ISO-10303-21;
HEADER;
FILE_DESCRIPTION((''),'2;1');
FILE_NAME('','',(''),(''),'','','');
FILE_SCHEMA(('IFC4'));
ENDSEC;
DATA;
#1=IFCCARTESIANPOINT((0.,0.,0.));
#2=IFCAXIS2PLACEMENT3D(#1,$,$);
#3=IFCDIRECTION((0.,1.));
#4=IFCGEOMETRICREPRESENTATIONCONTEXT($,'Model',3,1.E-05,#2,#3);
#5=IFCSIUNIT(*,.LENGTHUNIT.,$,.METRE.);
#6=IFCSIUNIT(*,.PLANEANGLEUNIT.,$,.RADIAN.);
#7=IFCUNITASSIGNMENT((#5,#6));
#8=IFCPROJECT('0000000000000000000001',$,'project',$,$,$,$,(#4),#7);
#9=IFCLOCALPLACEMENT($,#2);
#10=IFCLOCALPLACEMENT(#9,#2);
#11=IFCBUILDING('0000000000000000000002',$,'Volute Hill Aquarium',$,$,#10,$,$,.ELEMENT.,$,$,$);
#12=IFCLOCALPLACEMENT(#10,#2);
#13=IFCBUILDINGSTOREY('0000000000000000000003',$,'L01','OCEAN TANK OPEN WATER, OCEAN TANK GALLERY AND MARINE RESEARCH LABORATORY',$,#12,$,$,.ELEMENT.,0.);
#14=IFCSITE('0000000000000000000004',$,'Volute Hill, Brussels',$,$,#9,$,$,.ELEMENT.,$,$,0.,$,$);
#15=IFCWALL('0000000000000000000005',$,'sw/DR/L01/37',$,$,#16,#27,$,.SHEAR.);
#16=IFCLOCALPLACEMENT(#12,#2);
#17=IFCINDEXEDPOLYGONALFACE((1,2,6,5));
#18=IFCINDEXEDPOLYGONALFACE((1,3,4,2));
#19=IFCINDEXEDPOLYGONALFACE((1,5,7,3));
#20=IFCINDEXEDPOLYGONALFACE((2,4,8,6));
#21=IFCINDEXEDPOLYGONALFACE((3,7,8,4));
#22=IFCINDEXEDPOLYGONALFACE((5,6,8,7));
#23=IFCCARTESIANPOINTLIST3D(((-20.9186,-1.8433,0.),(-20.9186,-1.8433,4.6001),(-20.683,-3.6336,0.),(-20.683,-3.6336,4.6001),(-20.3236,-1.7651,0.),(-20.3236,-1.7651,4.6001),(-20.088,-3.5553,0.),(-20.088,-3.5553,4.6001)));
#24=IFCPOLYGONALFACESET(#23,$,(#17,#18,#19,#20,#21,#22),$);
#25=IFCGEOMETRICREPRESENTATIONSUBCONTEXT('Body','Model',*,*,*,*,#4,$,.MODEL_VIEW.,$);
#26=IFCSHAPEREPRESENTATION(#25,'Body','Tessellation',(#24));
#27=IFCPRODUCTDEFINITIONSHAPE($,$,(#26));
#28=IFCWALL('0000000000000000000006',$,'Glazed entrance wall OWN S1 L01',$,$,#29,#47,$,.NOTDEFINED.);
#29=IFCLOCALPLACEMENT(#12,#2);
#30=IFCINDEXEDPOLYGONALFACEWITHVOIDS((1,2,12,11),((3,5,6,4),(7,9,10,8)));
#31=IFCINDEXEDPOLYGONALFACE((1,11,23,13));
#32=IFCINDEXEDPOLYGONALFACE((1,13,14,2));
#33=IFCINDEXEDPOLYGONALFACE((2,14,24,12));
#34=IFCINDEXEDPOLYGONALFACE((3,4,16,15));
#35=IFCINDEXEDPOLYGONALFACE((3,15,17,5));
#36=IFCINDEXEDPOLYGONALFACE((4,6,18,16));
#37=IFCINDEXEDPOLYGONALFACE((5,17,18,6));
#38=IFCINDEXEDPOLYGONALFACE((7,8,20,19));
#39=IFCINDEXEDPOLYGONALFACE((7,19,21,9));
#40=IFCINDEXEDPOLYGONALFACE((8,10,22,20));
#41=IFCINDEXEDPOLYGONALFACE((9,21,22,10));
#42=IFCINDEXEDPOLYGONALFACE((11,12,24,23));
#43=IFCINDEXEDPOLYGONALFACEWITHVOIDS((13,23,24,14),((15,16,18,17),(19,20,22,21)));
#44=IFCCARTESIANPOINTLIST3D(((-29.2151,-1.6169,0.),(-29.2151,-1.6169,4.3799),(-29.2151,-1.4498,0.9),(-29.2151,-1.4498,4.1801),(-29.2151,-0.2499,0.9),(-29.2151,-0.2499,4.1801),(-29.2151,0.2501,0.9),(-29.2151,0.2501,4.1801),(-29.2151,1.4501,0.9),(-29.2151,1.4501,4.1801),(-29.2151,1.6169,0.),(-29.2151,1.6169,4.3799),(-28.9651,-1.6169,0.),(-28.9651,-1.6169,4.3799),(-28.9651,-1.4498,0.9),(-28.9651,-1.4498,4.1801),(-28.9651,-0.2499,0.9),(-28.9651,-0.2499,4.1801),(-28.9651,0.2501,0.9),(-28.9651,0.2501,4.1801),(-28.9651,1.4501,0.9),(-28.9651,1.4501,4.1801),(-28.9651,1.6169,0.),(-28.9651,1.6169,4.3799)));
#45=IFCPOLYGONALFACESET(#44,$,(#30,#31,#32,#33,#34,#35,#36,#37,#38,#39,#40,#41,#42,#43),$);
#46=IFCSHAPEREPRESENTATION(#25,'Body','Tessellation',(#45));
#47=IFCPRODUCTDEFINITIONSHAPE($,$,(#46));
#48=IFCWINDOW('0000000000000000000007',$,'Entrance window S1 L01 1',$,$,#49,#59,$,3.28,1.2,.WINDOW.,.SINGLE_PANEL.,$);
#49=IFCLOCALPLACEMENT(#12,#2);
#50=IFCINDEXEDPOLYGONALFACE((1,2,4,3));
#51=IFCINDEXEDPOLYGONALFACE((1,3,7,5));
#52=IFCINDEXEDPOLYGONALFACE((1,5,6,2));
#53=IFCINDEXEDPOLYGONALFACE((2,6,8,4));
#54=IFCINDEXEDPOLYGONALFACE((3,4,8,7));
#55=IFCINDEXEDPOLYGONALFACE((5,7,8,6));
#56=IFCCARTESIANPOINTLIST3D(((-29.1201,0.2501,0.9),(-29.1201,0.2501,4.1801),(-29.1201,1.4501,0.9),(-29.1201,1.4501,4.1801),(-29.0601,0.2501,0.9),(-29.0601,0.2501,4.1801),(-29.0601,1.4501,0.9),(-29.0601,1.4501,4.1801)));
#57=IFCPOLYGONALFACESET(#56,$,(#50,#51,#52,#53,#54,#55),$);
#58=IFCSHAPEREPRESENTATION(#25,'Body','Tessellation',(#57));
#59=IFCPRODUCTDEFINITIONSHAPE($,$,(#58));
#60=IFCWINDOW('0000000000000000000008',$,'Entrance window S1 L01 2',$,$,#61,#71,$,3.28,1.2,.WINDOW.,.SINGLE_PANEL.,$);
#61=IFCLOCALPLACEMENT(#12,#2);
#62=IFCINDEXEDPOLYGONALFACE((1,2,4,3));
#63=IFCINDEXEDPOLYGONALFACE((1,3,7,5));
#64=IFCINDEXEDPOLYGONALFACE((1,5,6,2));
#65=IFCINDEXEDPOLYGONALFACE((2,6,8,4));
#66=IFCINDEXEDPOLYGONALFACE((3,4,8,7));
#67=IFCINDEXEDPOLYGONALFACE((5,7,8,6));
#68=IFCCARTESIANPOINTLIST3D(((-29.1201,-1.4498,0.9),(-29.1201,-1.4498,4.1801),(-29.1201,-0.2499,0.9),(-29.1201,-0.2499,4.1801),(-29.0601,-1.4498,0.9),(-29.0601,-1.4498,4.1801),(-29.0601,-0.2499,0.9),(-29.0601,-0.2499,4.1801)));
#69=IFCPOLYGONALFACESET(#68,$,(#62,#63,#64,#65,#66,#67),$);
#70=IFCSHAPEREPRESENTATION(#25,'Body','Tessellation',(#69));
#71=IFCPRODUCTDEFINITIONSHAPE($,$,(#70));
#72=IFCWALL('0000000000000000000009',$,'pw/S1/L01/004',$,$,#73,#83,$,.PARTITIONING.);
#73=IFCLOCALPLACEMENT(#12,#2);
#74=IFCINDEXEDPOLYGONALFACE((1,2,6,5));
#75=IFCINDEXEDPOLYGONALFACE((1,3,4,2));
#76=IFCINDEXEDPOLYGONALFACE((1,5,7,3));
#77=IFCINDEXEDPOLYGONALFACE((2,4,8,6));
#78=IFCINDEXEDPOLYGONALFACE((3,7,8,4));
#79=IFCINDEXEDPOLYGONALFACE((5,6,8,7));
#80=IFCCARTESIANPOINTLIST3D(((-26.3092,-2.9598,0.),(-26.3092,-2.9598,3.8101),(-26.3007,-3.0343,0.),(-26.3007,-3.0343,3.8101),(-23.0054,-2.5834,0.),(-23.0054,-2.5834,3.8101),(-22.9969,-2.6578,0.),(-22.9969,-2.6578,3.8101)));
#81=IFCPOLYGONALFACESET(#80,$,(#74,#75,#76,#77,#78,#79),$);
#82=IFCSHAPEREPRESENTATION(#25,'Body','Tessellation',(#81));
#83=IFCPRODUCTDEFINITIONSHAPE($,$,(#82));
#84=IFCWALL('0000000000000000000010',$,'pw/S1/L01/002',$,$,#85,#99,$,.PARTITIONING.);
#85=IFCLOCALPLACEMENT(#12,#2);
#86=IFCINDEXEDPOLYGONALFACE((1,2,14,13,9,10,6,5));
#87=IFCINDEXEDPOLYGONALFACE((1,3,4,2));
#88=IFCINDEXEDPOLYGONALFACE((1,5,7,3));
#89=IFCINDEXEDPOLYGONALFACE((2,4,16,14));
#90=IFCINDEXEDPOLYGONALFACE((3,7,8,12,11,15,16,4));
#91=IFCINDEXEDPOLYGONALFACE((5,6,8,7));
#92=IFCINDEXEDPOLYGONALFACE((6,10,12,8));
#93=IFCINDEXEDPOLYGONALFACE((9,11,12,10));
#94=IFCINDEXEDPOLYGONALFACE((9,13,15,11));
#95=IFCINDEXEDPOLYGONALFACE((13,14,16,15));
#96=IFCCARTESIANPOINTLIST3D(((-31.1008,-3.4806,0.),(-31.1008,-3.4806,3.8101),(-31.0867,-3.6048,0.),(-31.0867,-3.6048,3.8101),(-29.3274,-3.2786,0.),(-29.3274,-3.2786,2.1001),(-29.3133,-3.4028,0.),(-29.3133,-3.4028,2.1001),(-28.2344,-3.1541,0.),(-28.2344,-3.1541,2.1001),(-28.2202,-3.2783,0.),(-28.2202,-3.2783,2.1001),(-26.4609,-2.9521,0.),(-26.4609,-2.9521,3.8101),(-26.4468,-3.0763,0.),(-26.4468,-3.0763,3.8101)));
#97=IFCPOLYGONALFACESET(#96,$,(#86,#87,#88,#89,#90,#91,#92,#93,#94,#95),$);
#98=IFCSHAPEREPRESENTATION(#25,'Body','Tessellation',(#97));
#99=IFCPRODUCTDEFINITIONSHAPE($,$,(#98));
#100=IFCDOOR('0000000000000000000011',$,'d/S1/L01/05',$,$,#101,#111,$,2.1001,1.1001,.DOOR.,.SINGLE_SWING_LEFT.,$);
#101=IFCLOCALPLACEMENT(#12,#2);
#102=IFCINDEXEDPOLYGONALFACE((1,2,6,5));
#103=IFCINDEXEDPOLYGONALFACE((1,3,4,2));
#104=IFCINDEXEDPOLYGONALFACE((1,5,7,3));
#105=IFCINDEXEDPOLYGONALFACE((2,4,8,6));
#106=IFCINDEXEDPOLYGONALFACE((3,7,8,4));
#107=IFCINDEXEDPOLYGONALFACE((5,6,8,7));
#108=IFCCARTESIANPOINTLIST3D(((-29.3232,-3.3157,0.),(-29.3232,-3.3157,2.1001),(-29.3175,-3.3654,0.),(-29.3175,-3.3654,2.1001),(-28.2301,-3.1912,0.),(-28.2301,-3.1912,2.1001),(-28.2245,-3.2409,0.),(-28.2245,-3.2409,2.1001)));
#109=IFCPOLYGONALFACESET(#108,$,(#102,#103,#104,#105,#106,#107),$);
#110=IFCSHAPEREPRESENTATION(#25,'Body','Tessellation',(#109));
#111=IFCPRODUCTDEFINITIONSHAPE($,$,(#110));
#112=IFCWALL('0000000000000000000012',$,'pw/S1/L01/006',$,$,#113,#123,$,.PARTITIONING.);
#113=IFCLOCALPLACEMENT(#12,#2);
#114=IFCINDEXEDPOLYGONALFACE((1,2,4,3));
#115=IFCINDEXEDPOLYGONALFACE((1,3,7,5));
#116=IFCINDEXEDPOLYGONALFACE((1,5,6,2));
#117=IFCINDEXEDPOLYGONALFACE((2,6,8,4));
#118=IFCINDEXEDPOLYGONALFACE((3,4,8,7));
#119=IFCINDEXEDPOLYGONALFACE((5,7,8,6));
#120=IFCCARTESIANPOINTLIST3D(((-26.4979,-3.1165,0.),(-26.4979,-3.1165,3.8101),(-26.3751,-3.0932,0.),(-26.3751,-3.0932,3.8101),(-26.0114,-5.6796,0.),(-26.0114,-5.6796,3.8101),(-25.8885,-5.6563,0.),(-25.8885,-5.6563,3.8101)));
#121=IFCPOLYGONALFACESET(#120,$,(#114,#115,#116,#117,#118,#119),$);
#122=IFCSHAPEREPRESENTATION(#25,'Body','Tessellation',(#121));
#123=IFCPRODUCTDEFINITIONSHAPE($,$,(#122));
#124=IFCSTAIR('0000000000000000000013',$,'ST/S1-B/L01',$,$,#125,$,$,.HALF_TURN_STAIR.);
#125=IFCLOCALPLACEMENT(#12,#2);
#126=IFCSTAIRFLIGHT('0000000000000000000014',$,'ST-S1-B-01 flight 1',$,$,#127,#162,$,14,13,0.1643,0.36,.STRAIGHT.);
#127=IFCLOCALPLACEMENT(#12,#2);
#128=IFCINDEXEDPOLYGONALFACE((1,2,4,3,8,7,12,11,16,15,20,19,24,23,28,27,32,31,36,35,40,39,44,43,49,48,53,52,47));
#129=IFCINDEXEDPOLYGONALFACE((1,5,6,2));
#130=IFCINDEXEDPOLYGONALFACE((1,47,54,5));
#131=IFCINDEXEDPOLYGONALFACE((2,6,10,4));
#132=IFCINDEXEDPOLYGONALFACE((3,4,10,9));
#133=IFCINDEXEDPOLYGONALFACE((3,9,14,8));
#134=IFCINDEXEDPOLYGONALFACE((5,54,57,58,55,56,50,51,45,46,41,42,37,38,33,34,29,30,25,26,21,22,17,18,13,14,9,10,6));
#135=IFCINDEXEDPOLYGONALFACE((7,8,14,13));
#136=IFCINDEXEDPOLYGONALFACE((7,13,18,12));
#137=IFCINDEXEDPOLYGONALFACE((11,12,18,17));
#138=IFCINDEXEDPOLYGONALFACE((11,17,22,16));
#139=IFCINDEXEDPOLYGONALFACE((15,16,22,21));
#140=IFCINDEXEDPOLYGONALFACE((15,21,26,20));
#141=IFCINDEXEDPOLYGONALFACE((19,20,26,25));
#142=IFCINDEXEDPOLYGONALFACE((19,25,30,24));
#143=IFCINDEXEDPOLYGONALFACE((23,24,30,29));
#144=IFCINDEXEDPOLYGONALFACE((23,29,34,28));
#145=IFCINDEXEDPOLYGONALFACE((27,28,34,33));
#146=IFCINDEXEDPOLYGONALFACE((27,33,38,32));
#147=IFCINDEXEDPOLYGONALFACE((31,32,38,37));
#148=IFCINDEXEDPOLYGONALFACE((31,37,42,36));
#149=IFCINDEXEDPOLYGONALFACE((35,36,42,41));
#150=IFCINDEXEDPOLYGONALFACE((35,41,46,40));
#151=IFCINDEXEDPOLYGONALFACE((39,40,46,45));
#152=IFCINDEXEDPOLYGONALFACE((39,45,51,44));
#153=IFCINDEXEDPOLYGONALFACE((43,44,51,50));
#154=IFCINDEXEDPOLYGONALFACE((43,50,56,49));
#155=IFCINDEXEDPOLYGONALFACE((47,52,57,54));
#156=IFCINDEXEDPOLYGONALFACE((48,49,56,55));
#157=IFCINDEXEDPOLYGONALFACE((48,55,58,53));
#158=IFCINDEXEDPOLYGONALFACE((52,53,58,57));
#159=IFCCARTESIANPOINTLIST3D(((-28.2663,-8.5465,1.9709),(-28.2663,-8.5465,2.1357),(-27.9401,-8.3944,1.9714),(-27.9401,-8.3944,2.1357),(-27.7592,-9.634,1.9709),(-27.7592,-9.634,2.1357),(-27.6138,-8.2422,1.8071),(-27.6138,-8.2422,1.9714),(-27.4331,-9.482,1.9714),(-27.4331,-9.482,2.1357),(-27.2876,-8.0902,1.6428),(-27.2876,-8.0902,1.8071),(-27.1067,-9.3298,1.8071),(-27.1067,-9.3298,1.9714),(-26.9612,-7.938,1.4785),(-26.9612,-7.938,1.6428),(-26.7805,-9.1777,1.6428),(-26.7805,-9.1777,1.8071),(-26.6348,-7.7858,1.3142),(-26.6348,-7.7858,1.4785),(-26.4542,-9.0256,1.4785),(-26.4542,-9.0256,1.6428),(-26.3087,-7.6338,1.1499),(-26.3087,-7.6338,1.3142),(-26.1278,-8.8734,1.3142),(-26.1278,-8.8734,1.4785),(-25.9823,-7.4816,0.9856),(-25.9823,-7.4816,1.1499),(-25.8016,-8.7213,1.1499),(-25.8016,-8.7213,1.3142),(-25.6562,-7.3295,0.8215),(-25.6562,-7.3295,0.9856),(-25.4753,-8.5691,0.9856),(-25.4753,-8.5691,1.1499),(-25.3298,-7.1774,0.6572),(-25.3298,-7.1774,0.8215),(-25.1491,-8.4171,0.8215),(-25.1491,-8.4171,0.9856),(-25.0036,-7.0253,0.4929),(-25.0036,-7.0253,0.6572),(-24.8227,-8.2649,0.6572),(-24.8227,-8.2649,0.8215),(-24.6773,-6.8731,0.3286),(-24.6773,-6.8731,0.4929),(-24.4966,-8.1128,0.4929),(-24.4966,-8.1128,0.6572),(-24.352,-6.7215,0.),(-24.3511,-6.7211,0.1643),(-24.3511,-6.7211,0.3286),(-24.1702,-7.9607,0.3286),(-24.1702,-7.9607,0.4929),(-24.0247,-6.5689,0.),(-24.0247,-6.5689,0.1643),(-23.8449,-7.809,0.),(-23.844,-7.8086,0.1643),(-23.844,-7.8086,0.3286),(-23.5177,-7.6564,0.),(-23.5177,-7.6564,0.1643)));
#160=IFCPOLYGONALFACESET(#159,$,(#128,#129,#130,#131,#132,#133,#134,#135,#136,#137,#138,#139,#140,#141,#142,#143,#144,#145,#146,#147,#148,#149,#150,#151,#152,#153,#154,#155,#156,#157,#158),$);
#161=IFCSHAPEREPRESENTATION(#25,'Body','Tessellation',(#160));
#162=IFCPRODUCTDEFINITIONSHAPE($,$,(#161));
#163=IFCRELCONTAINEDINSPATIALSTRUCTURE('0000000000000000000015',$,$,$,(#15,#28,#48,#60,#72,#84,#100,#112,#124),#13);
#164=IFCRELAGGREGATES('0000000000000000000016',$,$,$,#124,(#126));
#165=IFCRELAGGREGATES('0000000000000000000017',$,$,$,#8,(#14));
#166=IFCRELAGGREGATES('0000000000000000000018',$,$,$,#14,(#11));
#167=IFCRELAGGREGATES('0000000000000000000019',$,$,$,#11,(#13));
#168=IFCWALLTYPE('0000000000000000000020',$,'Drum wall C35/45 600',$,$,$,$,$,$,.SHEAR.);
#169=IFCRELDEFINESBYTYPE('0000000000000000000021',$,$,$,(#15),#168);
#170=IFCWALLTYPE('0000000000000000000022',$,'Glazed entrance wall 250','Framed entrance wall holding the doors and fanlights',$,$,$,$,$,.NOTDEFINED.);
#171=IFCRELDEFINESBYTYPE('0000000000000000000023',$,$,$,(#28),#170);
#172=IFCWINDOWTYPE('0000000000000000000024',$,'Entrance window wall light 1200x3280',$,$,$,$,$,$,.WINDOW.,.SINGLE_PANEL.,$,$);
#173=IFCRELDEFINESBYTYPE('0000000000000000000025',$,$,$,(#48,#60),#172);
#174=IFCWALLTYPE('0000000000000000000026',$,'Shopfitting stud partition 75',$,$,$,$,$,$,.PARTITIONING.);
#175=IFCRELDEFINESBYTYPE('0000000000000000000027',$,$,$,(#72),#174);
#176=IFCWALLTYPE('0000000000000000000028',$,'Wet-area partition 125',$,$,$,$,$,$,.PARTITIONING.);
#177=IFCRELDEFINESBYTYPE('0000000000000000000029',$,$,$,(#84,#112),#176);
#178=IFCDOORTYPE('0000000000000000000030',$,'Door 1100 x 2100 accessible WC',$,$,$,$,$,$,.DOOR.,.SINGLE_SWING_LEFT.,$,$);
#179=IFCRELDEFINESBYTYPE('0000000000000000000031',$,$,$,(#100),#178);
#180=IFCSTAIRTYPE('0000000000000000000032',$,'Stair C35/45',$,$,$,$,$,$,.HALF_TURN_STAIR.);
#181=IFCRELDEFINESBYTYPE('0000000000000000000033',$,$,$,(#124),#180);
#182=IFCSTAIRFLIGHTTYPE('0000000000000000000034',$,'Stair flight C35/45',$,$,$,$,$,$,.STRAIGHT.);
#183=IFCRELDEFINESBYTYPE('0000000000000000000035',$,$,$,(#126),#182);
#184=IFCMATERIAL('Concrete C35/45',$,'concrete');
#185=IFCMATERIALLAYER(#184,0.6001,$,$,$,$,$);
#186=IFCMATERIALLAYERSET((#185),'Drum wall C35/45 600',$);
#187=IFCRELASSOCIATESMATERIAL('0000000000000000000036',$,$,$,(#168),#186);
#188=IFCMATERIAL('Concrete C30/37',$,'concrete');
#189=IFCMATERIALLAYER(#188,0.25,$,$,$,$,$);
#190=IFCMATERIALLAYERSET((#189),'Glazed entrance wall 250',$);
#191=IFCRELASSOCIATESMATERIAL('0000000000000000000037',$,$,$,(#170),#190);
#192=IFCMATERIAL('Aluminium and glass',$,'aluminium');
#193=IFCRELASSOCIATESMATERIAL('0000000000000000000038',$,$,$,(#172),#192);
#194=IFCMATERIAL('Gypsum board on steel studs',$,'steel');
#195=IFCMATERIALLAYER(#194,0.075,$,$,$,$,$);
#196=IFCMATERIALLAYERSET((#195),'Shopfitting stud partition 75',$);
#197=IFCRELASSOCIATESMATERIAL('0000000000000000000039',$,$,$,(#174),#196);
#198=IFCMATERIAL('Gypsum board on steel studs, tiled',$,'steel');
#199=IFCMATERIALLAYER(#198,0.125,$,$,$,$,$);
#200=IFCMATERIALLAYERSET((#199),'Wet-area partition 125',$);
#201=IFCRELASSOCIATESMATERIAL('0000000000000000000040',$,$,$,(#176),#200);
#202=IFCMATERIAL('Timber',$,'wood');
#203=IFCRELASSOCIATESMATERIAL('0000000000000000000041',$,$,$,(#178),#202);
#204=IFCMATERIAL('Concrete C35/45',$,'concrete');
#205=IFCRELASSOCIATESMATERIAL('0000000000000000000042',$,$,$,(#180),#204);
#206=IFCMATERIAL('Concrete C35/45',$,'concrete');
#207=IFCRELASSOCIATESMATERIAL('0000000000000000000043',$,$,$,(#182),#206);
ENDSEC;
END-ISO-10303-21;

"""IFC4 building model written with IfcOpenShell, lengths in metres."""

from ifc_helpers import new_model, si_unit, direction, frame, frame_2d, origin, place, context, subcontext, project, spatial, polyline, rectangle, outline, extrude, material, layer, layer_set, type_object, element, fill, aggregate, save


model = new_model("IFC4")

# Units and contexts
model_context = context("Model", 3, precision=1e-05, world=origin(), true_north=direction((0.0, 1.0)))
body_context = subcontext(model_context, "Body", "Model", "MODEL_VIEW")
ifc_project = project(units=[si_unit("LENGTHUNIT", "METRE"), si_unit("PLANEANGLEUNIT", "RADIAN")], contexts=[model_context])

# Site, building, storey
site_placement = place(None, origin())
site = spatial("IfcSite", under=ifc_project, at=site_placement, Name="Volute Hill, Brussels", CompositionType="ELEMENT", RefElevation=0.0)
building_placement = place(site_placement, origin())
building = spatial("IfcBuilding", under=site, at=building_placement, Name="Volute Hill Aquarium", CompositionType="ELEMENT")
storey_placement = place(building_placement, origin())
storey = spatial("IfcBuildingStorey", under=building, at=storey_placement, Name="L01", Description="OCEAN TANK OPEN WATER, OCEAN TANK GALLERY AND MARINE RESEARCH LABORATORY", CompositionType="ELEMENT", Elevation=0.0)

# Wall
ifc_material_1 = material(Name="Concrete C35/45", Category="concrete")
ifc_layer_1 = layer(ifc_material_1, 0.6001)
ifc_layer_set_1 = layer_set([ifc_layer_1], Name="Drum wall C35/45 600")
wall_type_1 = type_object("IfcWallType", Name="Drum wall C35/45 600", PredefinedType="SHEAR", material=ifc_layer_set_1)
wall_1_placement = place(storey_placement, frame((-20.6211, -1.8042, 0.0), z_axis=(0.0, 0.0, 1.0), x_axis=(0.130472, -0.991452, 0.0)))
element("IfcWall", 1, at=wall_1_placement, inside=storey, type_object=wall_type_1, Name="sw/DR/L01/37", PredefinedType="SHEAR", context=body_context, shape_type="SweptSolid", body=[
    extrude(rectangle(XDim=1.8057, YDim=0.6001, at=frame_2d((0.9028, 0.0))), origin(), (0.0, 0.0, 1.0), 4.6001),
])

# Wall, openings, windows
ifc_material_2 = material(Name="Concrete C30/37", Category="concrete")
ifc_layer_2 = layer(ifc_material_2, 0.25)
ifc_layer_set_2 = layer_set([ifc_layer_2], Name="Glazed entrance wall 250")
wall_type_2 = type_object("IfcWallType", Name="Glazed entrance wall 250", Description="Framed entrance wall holding the doors and fanlights", PredefinedType="NOTDEFINED", material=ifc_layer_set_2)
wall_2_placement = place(storey_placement, frame((-29.0901, -1.6169, 0.0), z_axis=(0.0, 0.0, 1.0), x_axis=(0.0, 1.0, 0.0)))
wall_2 = element("IfcWall", 2, at=wall_2_placement, inside=storey, type_object=wall_type_2, Name="Glazed entrance wall OWN S1 L01", PredefinedType="NOTDEFINED", context=body_context, shape_type="SweptSolid", body=[
    extrude(rectangle(XDim=3.2339, YDim=0.25, at=frame_2d((1.6169, 0.0))), origin(), (0.0, 0.0, 1.0), 4.3799),
])
opening_1_placement = place(wall_2_placement, frame((1.8669, 0.0, 0.8999)))
opening_1 = element("IfcOpeningElement", 3, at=opening_1_placement, cuts=wall_2, PredefinedType="OPENING", context=body_context, shape_type="SweptSolid", body=[
    extrude(rectangle(XDim=1.2, YDim=3.28, at=frame_2d((0.6001, 1.6401))), frame((0.0, 0.135, 0.0), z_axis=(0.0, -1.0, 0.0), x_axis=(1.0, 0.0, 0.0)), (0.0, 0.0, 1.0), 0.27),
])
opening_2_placement = place(wall_2_placement, frame((0.167, 0.0, 0.8999)))
opening_2 = element("IfcOpeningElement", 4, at=opening_2_placement, cuts=wall_2, PredefinedType="OPENING", context=body_context, shape_type="SweptSolid", body=[
    extrude(rectangle(XDim=1.2, YDim=3.28, at=frame_2d((0.6001, 1.6401))), frame((0.0, 0.135, 0.0), z_axis=(0.0, -1.0, 0.0), x_axis=(1.0, 0.0, 0.0)), (0.0, 0.0, 1.0), 0.27),
])
ifc_material_3 = material(Name="Aluminium and glass", Category="aluminium")
window_type = type_object("IfcWindowType", Name="Entrance window wall light 1200x3280", PartitioningType="SINGLE_PANEL", PredefinedType="WINDOW", material=ifc_material_3)
window_1_placement = place(opening_1_placement, origin())
window_1 = element("IfcWindow", 5, at=window_1_placement, inside=storey, type_object=window_type, Name="Entrance window S1 L01 1", OverallHeight=3.28, OverallWidth=1.2, PartitioningType="SINGLE_PANEL", PredefinedType="WINDOW", context=body_context, shape_type="SweptSolid", body=[
    extrude(rectangle(XDim=1.2, YDim=3.28, at=frame_2d((0.6001, 1.6401))), frame((0.0, 0.03, 0.0), z_axis=(0.0, -1.0, 0.0), x_axis=(1.0, 0.0, 0.0)), (0.0, 0.0, 1.0), 0.0601),
])
fill(opening_1, window_1)
window_2_placement = place(opening_2_placement, origin())
window_2 = element("IfcWindow", 6, at=window_2_placement, inside=storey, type_object=window_type, Name="Entrance window S1 L01 2", OverallHeight=3.28, OverallWidth=1.2, PartitioningType="SINGLE_PANEL", PredefinedType="WINDOW", context=body_context, shape_type="SweptSolid", body=[
    extrude(rectangle(XDim=1.2, YDim=3.28, at=frame_2d((0.6001, 1.6401))), frame((0.0, 0.03, 0.0), z_axis=(0.0, -1.0, 0.0), x_axis=(1.0, 0.0, 0.0)), (0.0, 0.0, 1.0), 0.0601),
])
fill(opening_2, window_2)

# Wall
ifc_material_4 = material(Name="Gypsum board on steel studs", Category="steel")
ifc_layer_3 = layer(ifc_material_4, 0.075)
ifc_layer_set_3 = layer_set([ifc_layer_3], Name="Shopfitting stud partition 75")
wall_type_3 = type_object("IfcWallType", Name="Shopfitting stud partition 75", PredefinedType="PARTITIONING", material=ifc_layer_set_3)
wall_3_placement = place(storey_placement, frame((-26.3049, -2.9971, 0.0), z_axis=(0.0, 0.0, 1.0), x_axis=(0.99357, 0.113219, 0.0)))
element("IfcWall", 7, at=wall_3_placement, inside=storey, type_object=wall_type_3, Name="pw/S1/L01/004", PredefinedType="PARTITIONING", context=body_context, shape_type="SweptSolid", body=[
    extrude(rectangle(XDim=3.3252, YDim=0.075, at=frame_2d((1.6626, 0.0))), origin(), (0.0, 0.0, 1.0), 3.8101),
])

# Wall, opening, door
ifc_material_5 = material(Name="Gypsum board on steel studs, tiled", Category="steel")
ifc_layer_4 = layer(ifc_material_5, 0.125)
ifc_layer_set_4 = layer_set([ifc_layer_4], Name="Wet-area partition 125")
wall_type_4 = type_object("IfcWallType", Name="Wet-area partition 125", PredefinedType="PARTITIONING", material=ifc_layer_set_4)
wall_4_placement = place(storey_placement, frame((-26.4539, -3.0142, 0.0), z_axis=(0.0, 0.0, 1.0), x_axis=(-0.993574, -0.113185, 0.0)))
wall_4 = element("IfcWall", 8, at=wall_4_placement, inside=storey, type_object=wall_type_4, Name="pw/S1/L01/002", PredefinedType="PARTITIONING", context=body_context, shape_type="SweptSolid", body=[
    extrude(rectangle(XDim=4.6699, YDim=0.125, at=frame_2d((2.335, 0.0))), origin(), (0.0, 0.0, 1.0), 3.8101),
])
opening_3_placement = place(wall_4_placement, frame((1.7849, 0.0, 0.0)))
opening_3 = element("IfcOpeningElement", 9, at=opening_3_placement, cuts=wall_4, PredefinedType="OPENING", context=body_context, shape_type="SweptSolid", body=[
    extrude(rectangle(XDim=1.1001, YDim=2.1001, at=frame_2d((0.55, 1.05))), frame((0.0, 0.0725, 0.0), z_axis=(0.0, -1.0, 0.0), x_axis=(1.0, 0.0, 0.0)), (0.0, 0.0, 1.0), 0.145),
])
ifc_material_6 = material(Name="Timber", Category="wood")
door_type_1 = type_object("IfcDoorType", Name="Door 1100 x 2100 accessible WC", OperationType="SINGLE_SWING_LEFT", PredefinedType="DOOR", material=ifc_material_6)
door_1_placement = place(opening_3_placement, origin())
door_1 = element("IfcDoor", 10, at=door_1_placement, inside=storey, type_object=door_type_1, Name="d/S1/L01/05", OperationType="SINGLE_SWING_LEFT", OverallHeight=2.1001, OverallWidth=1.1001, PredefinedType="DOOR", context=body_context, shape_type="SweptSolid", body=[
    extrude(rectangle(XDim=1.1001, YDim=2.1001, at=frame_2d((0.55, 1.05))), frame((0.0, 0.0249, 0.0), z_axis=(0.0, -1.0, 0.0), x_axis=(1.0, 0.0, 0.0)), (0.0, 0.0, 1.0), 0.05),
])
fill(opening_3, door_1)

# Wall
wall_5_placement = place(storey_placement, frame((-25.95, -5.668, 0.0), z_axis=(0.0, 0.0, 1.0), x_axis=(-0.186514, 0.982452, 0.0)))
element("IfcWall", 11, at=wall_5_placement, inside=storey, type_object=wall_type_4, Name="pw/S1/L01/006", PredefinedType="PARTITIONING", context=body_context, shape_type="SweptSolid", body=[
    extrude(rectangle(XDim=2.6089, YDim=0.125, at=frame_2d((1.3044, 0.0))), origin(), (0.0, 0.0, 1.0), 3.8101),
])

# Stair, stair flight
ifc_material_7 = material(Name="Concrete C35/45", Category="concrete")
stair_type = type_object("IfcStairType", Name="Stair C35/45", PredefinedType="HALF_TURN_STAIR", material=ifc_material_7)
stair_placement = place(storey_placement, origin())
stair = element("IfcStair", 12, at=stair_placement, inside=storey, type_object=stair_type, Name="ST/S1-B/L01", PredefinedType="HALF_TURN_STAIR")
ifc_material_8 = material(Name="Concrete C35/45", Category="concrete")
stair_flight_type = type_object("IfcStairFlightType", Name="Stair flight C35/45", PredefinedType="STRAIGHT", material=ifc_material_8)
stair_flight_1_placement = place(storey_placement, frame((-23.7712, -7.1125, 0.0), z_axis=(0.0, 0.0, 1.0), x_axis=(-0.906331, -0.422568, 0.0)))
stair_flight_1 = element("IfcStairFlight", 13, at=stair_flight_1_placement, type_object=stair_flight_type, Name="ST-S1-B-01 flight 1", NumberOfRisers=14, NumberOfTreads=13, PredefinedType="STRAIGHT", RiserHeight=0.1643, TreadLength=0.36, context=body_context, shape_type="SweptSolid", body=[
    extrude(outline(polyline([(0.0, 0.0), (0.0, 0.1643), (0.3601, 0.1643), (0.3601, 0.3286), (0.72, 0.3286), (0.72, 0.4929), (1.0801, 0.4929), (1.0801, 0.6572), (1.4399, 0.6572), (1.4399, 0.8215), (1.8, 0.8215), (1.8, 0.9856), (2.1599, 0.9856), (2.1599, 1.1499), (2.52, 1.1499), (2.52, 1.3142), (2.8799, 1.3142), (2.8799, 1.4785), (3.24, 1.4785), (3.24, 1.6428), (3.6001, 1.6428), (3.6001, 1.8071), (3.96, 1.8071), (3.96, 1.9714), (4.3201, 1.9714), (4.3201, 2.1357), (4.6799, 2.1357), (4.6799, 2.3), (4.6799, 1.9709), (0.3611, 0.0), (0.0, 0.0)])), frame((0.0, 0.6001, 0.0), z_axis=(0.0, -1.0, 0.0), x_axis=(1.0, 0.0, 0.0)), (0.0, 0.0, 1.0), 1.2),
])
aggregate(stair, [stair_flight_1])

save(model, "model.ifc")
